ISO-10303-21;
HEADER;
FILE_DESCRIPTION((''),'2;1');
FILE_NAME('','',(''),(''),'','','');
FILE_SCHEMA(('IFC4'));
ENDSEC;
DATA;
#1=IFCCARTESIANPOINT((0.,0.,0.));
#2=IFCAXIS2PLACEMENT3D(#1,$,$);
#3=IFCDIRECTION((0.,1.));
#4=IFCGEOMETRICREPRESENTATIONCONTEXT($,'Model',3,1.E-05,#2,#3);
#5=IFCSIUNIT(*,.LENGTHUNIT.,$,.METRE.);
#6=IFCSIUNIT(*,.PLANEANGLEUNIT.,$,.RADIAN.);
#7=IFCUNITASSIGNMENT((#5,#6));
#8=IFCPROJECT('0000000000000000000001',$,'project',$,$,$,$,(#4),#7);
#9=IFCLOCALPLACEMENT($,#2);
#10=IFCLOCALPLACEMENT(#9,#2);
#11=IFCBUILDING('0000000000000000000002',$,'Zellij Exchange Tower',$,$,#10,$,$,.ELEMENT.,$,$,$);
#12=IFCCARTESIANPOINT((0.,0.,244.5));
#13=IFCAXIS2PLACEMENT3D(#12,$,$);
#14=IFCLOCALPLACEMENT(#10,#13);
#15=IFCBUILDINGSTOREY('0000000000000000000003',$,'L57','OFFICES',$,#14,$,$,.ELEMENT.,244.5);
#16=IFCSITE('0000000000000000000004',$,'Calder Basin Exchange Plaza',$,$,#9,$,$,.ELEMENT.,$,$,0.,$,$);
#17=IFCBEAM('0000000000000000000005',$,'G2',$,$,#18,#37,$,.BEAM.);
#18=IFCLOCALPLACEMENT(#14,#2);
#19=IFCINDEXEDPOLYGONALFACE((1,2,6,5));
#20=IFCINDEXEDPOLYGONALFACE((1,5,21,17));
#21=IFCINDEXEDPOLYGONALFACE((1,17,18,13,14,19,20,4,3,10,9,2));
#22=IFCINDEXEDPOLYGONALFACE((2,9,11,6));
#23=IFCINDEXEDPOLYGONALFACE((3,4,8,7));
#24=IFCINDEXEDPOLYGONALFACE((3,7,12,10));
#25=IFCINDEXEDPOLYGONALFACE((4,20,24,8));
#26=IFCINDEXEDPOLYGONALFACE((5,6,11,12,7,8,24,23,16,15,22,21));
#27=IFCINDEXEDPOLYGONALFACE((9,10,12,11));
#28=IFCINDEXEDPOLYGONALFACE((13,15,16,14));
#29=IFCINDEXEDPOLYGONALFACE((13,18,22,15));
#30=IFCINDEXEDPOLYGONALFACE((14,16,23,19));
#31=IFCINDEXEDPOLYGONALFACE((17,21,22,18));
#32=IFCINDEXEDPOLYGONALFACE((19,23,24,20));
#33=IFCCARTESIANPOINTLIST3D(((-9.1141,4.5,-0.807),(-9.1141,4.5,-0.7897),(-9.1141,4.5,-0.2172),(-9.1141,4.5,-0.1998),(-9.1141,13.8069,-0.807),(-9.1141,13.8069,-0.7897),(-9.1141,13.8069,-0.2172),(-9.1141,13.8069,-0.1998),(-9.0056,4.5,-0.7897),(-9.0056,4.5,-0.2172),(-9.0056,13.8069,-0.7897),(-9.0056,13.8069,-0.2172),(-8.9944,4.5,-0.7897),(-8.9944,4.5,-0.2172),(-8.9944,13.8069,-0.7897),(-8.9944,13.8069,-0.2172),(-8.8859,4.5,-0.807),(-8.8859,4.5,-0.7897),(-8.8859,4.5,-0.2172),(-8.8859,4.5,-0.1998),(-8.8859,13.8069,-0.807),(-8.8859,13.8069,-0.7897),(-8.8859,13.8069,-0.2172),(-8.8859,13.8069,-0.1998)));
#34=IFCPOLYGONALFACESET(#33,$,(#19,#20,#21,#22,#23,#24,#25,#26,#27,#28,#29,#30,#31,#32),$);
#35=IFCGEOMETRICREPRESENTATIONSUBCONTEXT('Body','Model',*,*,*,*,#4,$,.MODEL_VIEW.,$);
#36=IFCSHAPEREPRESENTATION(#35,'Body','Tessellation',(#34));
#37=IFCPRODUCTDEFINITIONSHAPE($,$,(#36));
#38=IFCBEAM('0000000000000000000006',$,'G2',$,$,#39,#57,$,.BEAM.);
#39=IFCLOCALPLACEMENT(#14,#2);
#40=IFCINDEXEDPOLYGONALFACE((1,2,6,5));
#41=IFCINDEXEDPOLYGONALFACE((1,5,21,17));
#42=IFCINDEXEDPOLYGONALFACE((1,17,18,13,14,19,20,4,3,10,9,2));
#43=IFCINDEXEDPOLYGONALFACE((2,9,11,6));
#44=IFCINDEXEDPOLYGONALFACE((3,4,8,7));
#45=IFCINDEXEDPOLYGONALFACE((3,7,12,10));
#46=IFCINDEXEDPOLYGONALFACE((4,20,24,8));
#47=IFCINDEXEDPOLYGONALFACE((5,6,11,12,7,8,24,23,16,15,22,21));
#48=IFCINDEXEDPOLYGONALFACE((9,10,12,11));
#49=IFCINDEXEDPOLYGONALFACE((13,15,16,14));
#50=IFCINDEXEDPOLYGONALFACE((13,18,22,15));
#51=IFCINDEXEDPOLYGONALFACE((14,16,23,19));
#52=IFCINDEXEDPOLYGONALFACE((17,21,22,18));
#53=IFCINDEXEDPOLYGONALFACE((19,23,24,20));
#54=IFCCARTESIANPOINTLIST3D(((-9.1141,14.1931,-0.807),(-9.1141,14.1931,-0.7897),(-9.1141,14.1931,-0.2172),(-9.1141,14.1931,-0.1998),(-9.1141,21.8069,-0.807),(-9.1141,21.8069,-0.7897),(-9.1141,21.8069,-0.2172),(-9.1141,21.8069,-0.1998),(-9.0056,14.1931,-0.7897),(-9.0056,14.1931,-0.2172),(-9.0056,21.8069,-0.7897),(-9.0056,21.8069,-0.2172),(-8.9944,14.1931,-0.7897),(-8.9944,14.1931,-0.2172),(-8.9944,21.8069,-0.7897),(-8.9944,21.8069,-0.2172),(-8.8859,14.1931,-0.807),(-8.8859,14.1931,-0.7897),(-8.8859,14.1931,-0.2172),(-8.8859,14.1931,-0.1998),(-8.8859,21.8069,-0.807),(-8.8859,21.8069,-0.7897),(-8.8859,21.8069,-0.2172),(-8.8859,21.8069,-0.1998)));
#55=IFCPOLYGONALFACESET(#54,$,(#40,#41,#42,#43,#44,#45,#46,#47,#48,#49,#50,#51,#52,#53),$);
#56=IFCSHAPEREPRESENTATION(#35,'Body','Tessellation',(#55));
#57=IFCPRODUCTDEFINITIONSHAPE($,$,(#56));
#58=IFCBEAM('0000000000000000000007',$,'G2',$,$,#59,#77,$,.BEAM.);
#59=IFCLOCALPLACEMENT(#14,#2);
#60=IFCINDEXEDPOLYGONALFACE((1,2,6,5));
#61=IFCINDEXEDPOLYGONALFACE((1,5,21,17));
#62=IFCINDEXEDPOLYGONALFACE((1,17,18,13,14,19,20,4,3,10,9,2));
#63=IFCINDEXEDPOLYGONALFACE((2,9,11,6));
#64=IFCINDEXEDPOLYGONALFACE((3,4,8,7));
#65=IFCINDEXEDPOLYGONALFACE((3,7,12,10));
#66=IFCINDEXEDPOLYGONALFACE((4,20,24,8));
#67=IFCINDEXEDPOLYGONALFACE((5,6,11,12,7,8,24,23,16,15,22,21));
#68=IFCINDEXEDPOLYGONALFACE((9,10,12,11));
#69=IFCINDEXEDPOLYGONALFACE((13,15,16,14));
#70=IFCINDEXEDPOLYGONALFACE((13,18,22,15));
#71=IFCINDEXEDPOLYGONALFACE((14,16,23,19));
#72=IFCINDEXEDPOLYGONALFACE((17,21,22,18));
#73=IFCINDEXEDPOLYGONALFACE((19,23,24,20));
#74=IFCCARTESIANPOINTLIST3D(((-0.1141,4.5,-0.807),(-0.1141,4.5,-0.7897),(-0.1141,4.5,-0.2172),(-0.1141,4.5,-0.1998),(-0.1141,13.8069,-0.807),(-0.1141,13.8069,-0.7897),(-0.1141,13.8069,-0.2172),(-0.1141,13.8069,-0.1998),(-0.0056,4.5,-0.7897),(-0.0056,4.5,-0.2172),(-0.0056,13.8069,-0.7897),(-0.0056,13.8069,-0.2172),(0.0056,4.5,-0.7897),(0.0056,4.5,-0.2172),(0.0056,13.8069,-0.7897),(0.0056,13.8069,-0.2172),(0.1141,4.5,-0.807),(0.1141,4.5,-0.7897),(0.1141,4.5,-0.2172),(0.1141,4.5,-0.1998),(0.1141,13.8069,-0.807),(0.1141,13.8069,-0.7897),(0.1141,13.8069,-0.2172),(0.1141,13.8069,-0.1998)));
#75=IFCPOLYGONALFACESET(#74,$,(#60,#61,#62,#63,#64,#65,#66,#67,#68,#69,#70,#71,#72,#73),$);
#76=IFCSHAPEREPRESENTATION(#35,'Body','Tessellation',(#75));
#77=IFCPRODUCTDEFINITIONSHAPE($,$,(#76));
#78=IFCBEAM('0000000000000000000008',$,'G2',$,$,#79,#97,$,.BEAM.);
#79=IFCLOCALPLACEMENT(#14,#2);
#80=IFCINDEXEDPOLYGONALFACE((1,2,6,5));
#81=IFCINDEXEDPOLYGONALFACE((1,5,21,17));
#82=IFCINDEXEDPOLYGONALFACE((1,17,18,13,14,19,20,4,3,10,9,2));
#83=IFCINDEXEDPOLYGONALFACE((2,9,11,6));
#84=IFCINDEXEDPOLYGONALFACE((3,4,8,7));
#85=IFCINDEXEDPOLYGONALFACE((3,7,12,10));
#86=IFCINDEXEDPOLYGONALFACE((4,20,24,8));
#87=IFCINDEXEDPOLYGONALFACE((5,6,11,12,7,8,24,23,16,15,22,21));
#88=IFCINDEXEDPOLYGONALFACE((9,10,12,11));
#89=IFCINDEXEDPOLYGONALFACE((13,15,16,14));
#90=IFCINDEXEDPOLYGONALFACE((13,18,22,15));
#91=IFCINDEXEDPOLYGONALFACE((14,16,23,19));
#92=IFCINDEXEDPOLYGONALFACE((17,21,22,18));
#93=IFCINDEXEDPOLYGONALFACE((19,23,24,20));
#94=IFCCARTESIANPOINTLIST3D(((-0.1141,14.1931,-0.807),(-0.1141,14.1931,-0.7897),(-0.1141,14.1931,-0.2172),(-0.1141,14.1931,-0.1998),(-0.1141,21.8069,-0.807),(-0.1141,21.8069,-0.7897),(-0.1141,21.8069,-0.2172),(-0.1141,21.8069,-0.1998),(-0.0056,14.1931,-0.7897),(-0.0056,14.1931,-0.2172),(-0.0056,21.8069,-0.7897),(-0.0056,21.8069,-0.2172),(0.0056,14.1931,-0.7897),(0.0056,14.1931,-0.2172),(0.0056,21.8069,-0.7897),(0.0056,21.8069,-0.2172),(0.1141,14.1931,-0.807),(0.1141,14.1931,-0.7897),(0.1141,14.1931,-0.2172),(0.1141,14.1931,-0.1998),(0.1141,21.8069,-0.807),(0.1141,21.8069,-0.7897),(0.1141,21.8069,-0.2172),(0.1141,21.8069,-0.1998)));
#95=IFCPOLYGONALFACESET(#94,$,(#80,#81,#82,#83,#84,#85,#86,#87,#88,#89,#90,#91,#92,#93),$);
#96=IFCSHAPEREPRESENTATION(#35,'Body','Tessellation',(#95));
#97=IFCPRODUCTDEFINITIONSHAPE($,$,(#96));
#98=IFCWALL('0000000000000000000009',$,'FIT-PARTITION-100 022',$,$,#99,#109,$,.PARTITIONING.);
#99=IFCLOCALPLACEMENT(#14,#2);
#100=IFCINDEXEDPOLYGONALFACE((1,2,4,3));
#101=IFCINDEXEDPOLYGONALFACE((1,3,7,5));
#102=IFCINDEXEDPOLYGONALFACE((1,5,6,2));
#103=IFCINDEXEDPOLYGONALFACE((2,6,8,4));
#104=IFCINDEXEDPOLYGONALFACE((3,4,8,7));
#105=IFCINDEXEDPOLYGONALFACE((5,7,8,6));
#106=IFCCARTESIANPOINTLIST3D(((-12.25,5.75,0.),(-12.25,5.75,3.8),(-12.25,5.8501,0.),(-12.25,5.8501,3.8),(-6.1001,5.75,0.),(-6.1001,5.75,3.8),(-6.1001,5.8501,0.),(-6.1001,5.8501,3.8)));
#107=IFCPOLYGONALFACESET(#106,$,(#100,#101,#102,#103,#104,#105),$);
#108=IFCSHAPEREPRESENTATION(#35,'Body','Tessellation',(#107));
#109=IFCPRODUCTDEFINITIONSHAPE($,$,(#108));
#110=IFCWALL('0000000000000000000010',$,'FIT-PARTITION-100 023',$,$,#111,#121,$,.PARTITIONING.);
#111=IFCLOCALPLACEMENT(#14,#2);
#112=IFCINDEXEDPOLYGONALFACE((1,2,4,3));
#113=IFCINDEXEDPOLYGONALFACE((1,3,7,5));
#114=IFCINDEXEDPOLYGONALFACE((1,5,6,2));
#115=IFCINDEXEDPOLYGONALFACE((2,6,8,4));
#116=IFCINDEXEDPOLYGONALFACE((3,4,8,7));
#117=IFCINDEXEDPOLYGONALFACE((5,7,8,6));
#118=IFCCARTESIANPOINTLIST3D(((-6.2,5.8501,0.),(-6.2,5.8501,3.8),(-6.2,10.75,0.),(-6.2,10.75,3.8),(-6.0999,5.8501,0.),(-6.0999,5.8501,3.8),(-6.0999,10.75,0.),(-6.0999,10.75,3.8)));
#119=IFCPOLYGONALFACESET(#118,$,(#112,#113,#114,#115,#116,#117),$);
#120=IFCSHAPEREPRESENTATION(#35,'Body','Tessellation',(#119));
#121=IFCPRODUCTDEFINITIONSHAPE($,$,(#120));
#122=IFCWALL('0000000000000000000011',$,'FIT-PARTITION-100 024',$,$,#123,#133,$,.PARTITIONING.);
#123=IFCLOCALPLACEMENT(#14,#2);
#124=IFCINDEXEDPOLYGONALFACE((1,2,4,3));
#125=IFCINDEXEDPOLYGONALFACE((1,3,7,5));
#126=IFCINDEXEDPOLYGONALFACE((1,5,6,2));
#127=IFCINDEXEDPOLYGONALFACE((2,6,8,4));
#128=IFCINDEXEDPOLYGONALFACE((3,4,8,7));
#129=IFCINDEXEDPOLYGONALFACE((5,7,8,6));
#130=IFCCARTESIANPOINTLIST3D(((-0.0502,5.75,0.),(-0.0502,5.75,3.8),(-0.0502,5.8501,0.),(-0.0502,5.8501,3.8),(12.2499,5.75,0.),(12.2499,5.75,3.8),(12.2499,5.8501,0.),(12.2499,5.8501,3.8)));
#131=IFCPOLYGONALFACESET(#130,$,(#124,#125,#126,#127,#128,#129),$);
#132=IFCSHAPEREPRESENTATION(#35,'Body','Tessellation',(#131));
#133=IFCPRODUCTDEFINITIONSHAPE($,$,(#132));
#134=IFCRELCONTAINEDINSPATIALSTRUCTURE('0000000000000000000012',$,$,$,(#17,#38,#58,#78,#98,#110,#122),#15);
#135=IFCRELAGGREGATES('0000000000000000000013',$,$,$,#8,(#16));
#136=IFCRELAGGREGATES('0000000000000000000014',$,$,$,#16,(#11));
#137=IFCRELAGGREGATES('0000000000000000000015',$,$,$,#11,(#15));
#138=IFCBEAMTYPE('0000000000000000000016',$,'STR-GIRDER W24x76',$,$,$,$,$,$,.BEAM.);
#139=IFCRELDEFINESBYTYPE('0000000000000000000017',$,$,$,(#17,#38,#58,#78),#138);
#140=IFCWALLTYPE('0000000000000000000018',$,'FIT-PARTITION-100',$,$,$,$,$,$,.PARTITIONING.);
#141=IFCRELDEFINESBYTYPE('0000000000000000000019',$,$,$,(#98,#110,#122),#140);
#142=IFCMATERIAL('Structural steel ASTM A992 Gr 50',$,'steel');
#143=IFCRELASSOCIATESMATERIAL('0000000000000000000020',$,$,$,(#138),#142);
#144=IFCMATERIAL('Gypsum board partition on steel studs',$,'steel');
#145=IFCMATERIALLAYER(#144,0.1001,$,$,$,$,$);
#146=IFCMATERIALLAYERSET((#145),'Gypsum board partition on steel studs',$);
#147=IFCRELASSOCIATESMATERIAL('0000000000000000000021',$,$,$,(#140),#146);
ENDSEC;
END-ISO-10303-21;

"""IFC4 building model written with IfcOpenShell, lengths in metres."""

from ifc_helpers import new_model, si_unit, direction, frame, frame_2d, origin, origin_2d, place, context, subcontext, project, spatial, rectangle, i_section, extrude, material, layer, layer_set, material_profile, profile_set, type_object, element, save


model = new_model("IFC4")

# Units and contexts
model_context = context("Model", 3, precision=1e-05, world=origin(), true_north=direction((0.0, 1.0)))
body_context = subcontext(model_context, "Body", "Model", "MODEL_VIEW")
ifc_project = project(units=[si_unit("LENGTHUNIT", "METRE"), si_unit("PLANEANGLEUNIT", "RADIAN")], contexts=[model_context])

# Site, building, storey
site_placement = place(None, origin())
site = spatial("IfcSite", under=ifc_project, at=site_placement, Name="Calder Basin Exchange Plaza", CompositionType="ELEMENT", RefElevation=0.0)
building_placement = place(site_placement, origin())
building = spatial("IfcBuilding", under=site, at=building_placement, Name="Zellij Exchange Tower", CompositionType="ELEMENT")
storey_placement = place(building_placement, frame((0.0, 0.0, 244.5)))
storey = spatial("IfcBuildingStorey", under=building, at=storey_placement, Name="L57", Description="OFFICES", CompositionType="ELEMENT", Elevation=244.5)

# Shared definitions
ifc_material_1 = material(Name="Structural steel ASTM A992 Gr 50", Category="steel")

# Beams
ifc_material_profile_1 = material_profile(ifc_material_1, i_section(OverallWidth=0.2283, OverallDepth=0.6072, WebThickness=0.0112, FlangeThickness=0.0173, at=origin_2d()), Name="W24x76")
ifc_profile_set_1 = profile_set([ifc_material_profile_1], Name="Structural steel ASTM A992 Gr 50")
beam_type = type_object("IfcBeamType", Name="STR-GIRDER W24x76", PredefinedType="BEAM", material=ifc_profile_set_1)
beam_1_placement = place(storey_placement, frame((-9.0, 4.5, -0.5034), z_axis=(0.0, 1.0, 0.0), x_axis=(-1.0, 0.0, 0.0)))
element("IfcBeam", 1, at=beam_1_placement, inside=storey, type_object=beam_type, Name="G2", PredefinedType="BEAM", context=body_context, shape_type="SweptSolid", body=[
    extrude(i_section(OverallWidth=0.2283, OverallDepth=0.6072, WebThickness=0.0112, FlangeThickness=0.0173, at=origin_2d()), origin(), (0.0, 0.0, 1.0), 9.3069),
])
beam_2_placement = place(storey_placement, frame((-9.0, 14.1931, -0.5034), z_axis=(0.0, 1.0, 0.0), x_axis=(-1.0, 0.0, 0.0)))
element("IfcBeam", 2, at=beam_2_placement, inside=storey, type_object=beam_type, Name="G2", PredefinedType="BEAM", context=body_context, shape_type="SweptSolid", body=[
    extrude(i_section(OverallWidth=0.2283, OverallDepth=0.6072, WebThickness=0.0112, FlangeThickness=0.0173, at=origin_2d()), origin(), (0.0, 0.0, 1.0), 7.6138),
])
beam_3_placement = place(storey_placement, frame((0.0, 4.5, -0.5034), z_axis=(0.0, 1.0, 0.0), x_axis=(-1.0, 0.0, 0.0)))
element("IfcBeam", 3, at=beam_3_placement, inside=storey, type_object=beam_type, Name="G2", PredefinedType="BEAM", context=body_context, shape_type="SweptSolid", body=[
    extrude(i_section(OverallWidth=0.2283, OverallDepth=0.6072, WebThickness=0.0112, FlangeThickness=0.0173, at=origin_2d()), origin(), (0.0, 0.0, 1.0), 9.3069),
])
beam_4_placement = place(storey_placement, frame((0.0, 14.1931, -0.5034), z_axis=(0.0, 1.0, 0.0), x_axis=(-1.0, 0.0, 0.0)))
element("IfcBeam", 4, at=beam_4_placement, inside=storey, type_object=beam_type, Name="G2", PredefinedType="BEAM", context=body_context, shape_type="SweptSolid", body=[
    extrude(i_section(OverallWidth=0.2283, OverallDepth=0.6072, WebThickness=0.0112, FlangeThickness=0.0173, at=origin_2d()), origin(), (0.0, 0.0, 1.0), 7.6138),
])

# Walls
ifc_material_2 = material(Name="Gypsum board partition on steel studs", Category="steel")
ifc_layer = layer(ifc_material_2, 0.1001)
ifc_layer_set = layer_set([ifc_layer], Name="Gypsum board partition on steel studs")
wall_type = type_object("IfcWallType", Name="FIT-PARTITION-100", PredefinedType="PARTITIONING", material=ifc_layer_set)
wall_1_placement = place(storey_placement, frame((-12.25, 5.8, 0.0), z_axis=(0.0, 0.0, 1.0), x_axis=(1.0, 0.0, 0.0)))
element("IfcWall", 5, at=wall_1_placement, inside=storey, type_object=wall_type, Name="FIT-PARTITION-100 022", PredefinedType="PARTITIONING", context=body_context, shape_type="SweptSolid", body=[
    extrude(rectangle(XDim=6.1499, YDim=0.1001, at=frame_2d((3.075, 0.0))), origin(), (0.0, 0.0, 1.0), 3.8),
])
wall_2_placement = place(storey_placement, frame((-6.1499, 5.8501, 0.0), z_axis=(0.0, 0.0, 1.0), x_axis=(0.0, 1.0, 0.0)))
element("IfcWall", 6, at=wall_2_placement, inside=storey, type_object=wall_type, Name="FIT-PARTITION-100 023", PredefinedType="PARTITIONING", context=body_context, shape_type="SweptSolid", body=[
    extrude(rectangle(XDim=4.8999, YDim=0.1001, at=frame_2d((2.45, 0.0))), origin(), (0.0, 0.0, 1.0), 3.8),
])
wall_3_placement = place(storey_placement, frame((-0.05, 5.8, 0.0), z_axis=(0.0, 0.0, 1.0), x_axis=(1.0, 0.0, 0.0)))
element("IfcWall", 7, at=wall_3_placement, inside=storey, type_object=wall_type, Name="FIT-PARTITION-100 024", PredefinedType="PARTITIONING", context=body_context, shape_type="SweptSolid", body=[
    extrude(rectangle(XDim=12.3, YDim=0.1001, at=frame_2d((6.1499, 0.0))), origin(), (0.0, 0.0, 1.0), 3.8),
])

save(model, "model.ifc")
